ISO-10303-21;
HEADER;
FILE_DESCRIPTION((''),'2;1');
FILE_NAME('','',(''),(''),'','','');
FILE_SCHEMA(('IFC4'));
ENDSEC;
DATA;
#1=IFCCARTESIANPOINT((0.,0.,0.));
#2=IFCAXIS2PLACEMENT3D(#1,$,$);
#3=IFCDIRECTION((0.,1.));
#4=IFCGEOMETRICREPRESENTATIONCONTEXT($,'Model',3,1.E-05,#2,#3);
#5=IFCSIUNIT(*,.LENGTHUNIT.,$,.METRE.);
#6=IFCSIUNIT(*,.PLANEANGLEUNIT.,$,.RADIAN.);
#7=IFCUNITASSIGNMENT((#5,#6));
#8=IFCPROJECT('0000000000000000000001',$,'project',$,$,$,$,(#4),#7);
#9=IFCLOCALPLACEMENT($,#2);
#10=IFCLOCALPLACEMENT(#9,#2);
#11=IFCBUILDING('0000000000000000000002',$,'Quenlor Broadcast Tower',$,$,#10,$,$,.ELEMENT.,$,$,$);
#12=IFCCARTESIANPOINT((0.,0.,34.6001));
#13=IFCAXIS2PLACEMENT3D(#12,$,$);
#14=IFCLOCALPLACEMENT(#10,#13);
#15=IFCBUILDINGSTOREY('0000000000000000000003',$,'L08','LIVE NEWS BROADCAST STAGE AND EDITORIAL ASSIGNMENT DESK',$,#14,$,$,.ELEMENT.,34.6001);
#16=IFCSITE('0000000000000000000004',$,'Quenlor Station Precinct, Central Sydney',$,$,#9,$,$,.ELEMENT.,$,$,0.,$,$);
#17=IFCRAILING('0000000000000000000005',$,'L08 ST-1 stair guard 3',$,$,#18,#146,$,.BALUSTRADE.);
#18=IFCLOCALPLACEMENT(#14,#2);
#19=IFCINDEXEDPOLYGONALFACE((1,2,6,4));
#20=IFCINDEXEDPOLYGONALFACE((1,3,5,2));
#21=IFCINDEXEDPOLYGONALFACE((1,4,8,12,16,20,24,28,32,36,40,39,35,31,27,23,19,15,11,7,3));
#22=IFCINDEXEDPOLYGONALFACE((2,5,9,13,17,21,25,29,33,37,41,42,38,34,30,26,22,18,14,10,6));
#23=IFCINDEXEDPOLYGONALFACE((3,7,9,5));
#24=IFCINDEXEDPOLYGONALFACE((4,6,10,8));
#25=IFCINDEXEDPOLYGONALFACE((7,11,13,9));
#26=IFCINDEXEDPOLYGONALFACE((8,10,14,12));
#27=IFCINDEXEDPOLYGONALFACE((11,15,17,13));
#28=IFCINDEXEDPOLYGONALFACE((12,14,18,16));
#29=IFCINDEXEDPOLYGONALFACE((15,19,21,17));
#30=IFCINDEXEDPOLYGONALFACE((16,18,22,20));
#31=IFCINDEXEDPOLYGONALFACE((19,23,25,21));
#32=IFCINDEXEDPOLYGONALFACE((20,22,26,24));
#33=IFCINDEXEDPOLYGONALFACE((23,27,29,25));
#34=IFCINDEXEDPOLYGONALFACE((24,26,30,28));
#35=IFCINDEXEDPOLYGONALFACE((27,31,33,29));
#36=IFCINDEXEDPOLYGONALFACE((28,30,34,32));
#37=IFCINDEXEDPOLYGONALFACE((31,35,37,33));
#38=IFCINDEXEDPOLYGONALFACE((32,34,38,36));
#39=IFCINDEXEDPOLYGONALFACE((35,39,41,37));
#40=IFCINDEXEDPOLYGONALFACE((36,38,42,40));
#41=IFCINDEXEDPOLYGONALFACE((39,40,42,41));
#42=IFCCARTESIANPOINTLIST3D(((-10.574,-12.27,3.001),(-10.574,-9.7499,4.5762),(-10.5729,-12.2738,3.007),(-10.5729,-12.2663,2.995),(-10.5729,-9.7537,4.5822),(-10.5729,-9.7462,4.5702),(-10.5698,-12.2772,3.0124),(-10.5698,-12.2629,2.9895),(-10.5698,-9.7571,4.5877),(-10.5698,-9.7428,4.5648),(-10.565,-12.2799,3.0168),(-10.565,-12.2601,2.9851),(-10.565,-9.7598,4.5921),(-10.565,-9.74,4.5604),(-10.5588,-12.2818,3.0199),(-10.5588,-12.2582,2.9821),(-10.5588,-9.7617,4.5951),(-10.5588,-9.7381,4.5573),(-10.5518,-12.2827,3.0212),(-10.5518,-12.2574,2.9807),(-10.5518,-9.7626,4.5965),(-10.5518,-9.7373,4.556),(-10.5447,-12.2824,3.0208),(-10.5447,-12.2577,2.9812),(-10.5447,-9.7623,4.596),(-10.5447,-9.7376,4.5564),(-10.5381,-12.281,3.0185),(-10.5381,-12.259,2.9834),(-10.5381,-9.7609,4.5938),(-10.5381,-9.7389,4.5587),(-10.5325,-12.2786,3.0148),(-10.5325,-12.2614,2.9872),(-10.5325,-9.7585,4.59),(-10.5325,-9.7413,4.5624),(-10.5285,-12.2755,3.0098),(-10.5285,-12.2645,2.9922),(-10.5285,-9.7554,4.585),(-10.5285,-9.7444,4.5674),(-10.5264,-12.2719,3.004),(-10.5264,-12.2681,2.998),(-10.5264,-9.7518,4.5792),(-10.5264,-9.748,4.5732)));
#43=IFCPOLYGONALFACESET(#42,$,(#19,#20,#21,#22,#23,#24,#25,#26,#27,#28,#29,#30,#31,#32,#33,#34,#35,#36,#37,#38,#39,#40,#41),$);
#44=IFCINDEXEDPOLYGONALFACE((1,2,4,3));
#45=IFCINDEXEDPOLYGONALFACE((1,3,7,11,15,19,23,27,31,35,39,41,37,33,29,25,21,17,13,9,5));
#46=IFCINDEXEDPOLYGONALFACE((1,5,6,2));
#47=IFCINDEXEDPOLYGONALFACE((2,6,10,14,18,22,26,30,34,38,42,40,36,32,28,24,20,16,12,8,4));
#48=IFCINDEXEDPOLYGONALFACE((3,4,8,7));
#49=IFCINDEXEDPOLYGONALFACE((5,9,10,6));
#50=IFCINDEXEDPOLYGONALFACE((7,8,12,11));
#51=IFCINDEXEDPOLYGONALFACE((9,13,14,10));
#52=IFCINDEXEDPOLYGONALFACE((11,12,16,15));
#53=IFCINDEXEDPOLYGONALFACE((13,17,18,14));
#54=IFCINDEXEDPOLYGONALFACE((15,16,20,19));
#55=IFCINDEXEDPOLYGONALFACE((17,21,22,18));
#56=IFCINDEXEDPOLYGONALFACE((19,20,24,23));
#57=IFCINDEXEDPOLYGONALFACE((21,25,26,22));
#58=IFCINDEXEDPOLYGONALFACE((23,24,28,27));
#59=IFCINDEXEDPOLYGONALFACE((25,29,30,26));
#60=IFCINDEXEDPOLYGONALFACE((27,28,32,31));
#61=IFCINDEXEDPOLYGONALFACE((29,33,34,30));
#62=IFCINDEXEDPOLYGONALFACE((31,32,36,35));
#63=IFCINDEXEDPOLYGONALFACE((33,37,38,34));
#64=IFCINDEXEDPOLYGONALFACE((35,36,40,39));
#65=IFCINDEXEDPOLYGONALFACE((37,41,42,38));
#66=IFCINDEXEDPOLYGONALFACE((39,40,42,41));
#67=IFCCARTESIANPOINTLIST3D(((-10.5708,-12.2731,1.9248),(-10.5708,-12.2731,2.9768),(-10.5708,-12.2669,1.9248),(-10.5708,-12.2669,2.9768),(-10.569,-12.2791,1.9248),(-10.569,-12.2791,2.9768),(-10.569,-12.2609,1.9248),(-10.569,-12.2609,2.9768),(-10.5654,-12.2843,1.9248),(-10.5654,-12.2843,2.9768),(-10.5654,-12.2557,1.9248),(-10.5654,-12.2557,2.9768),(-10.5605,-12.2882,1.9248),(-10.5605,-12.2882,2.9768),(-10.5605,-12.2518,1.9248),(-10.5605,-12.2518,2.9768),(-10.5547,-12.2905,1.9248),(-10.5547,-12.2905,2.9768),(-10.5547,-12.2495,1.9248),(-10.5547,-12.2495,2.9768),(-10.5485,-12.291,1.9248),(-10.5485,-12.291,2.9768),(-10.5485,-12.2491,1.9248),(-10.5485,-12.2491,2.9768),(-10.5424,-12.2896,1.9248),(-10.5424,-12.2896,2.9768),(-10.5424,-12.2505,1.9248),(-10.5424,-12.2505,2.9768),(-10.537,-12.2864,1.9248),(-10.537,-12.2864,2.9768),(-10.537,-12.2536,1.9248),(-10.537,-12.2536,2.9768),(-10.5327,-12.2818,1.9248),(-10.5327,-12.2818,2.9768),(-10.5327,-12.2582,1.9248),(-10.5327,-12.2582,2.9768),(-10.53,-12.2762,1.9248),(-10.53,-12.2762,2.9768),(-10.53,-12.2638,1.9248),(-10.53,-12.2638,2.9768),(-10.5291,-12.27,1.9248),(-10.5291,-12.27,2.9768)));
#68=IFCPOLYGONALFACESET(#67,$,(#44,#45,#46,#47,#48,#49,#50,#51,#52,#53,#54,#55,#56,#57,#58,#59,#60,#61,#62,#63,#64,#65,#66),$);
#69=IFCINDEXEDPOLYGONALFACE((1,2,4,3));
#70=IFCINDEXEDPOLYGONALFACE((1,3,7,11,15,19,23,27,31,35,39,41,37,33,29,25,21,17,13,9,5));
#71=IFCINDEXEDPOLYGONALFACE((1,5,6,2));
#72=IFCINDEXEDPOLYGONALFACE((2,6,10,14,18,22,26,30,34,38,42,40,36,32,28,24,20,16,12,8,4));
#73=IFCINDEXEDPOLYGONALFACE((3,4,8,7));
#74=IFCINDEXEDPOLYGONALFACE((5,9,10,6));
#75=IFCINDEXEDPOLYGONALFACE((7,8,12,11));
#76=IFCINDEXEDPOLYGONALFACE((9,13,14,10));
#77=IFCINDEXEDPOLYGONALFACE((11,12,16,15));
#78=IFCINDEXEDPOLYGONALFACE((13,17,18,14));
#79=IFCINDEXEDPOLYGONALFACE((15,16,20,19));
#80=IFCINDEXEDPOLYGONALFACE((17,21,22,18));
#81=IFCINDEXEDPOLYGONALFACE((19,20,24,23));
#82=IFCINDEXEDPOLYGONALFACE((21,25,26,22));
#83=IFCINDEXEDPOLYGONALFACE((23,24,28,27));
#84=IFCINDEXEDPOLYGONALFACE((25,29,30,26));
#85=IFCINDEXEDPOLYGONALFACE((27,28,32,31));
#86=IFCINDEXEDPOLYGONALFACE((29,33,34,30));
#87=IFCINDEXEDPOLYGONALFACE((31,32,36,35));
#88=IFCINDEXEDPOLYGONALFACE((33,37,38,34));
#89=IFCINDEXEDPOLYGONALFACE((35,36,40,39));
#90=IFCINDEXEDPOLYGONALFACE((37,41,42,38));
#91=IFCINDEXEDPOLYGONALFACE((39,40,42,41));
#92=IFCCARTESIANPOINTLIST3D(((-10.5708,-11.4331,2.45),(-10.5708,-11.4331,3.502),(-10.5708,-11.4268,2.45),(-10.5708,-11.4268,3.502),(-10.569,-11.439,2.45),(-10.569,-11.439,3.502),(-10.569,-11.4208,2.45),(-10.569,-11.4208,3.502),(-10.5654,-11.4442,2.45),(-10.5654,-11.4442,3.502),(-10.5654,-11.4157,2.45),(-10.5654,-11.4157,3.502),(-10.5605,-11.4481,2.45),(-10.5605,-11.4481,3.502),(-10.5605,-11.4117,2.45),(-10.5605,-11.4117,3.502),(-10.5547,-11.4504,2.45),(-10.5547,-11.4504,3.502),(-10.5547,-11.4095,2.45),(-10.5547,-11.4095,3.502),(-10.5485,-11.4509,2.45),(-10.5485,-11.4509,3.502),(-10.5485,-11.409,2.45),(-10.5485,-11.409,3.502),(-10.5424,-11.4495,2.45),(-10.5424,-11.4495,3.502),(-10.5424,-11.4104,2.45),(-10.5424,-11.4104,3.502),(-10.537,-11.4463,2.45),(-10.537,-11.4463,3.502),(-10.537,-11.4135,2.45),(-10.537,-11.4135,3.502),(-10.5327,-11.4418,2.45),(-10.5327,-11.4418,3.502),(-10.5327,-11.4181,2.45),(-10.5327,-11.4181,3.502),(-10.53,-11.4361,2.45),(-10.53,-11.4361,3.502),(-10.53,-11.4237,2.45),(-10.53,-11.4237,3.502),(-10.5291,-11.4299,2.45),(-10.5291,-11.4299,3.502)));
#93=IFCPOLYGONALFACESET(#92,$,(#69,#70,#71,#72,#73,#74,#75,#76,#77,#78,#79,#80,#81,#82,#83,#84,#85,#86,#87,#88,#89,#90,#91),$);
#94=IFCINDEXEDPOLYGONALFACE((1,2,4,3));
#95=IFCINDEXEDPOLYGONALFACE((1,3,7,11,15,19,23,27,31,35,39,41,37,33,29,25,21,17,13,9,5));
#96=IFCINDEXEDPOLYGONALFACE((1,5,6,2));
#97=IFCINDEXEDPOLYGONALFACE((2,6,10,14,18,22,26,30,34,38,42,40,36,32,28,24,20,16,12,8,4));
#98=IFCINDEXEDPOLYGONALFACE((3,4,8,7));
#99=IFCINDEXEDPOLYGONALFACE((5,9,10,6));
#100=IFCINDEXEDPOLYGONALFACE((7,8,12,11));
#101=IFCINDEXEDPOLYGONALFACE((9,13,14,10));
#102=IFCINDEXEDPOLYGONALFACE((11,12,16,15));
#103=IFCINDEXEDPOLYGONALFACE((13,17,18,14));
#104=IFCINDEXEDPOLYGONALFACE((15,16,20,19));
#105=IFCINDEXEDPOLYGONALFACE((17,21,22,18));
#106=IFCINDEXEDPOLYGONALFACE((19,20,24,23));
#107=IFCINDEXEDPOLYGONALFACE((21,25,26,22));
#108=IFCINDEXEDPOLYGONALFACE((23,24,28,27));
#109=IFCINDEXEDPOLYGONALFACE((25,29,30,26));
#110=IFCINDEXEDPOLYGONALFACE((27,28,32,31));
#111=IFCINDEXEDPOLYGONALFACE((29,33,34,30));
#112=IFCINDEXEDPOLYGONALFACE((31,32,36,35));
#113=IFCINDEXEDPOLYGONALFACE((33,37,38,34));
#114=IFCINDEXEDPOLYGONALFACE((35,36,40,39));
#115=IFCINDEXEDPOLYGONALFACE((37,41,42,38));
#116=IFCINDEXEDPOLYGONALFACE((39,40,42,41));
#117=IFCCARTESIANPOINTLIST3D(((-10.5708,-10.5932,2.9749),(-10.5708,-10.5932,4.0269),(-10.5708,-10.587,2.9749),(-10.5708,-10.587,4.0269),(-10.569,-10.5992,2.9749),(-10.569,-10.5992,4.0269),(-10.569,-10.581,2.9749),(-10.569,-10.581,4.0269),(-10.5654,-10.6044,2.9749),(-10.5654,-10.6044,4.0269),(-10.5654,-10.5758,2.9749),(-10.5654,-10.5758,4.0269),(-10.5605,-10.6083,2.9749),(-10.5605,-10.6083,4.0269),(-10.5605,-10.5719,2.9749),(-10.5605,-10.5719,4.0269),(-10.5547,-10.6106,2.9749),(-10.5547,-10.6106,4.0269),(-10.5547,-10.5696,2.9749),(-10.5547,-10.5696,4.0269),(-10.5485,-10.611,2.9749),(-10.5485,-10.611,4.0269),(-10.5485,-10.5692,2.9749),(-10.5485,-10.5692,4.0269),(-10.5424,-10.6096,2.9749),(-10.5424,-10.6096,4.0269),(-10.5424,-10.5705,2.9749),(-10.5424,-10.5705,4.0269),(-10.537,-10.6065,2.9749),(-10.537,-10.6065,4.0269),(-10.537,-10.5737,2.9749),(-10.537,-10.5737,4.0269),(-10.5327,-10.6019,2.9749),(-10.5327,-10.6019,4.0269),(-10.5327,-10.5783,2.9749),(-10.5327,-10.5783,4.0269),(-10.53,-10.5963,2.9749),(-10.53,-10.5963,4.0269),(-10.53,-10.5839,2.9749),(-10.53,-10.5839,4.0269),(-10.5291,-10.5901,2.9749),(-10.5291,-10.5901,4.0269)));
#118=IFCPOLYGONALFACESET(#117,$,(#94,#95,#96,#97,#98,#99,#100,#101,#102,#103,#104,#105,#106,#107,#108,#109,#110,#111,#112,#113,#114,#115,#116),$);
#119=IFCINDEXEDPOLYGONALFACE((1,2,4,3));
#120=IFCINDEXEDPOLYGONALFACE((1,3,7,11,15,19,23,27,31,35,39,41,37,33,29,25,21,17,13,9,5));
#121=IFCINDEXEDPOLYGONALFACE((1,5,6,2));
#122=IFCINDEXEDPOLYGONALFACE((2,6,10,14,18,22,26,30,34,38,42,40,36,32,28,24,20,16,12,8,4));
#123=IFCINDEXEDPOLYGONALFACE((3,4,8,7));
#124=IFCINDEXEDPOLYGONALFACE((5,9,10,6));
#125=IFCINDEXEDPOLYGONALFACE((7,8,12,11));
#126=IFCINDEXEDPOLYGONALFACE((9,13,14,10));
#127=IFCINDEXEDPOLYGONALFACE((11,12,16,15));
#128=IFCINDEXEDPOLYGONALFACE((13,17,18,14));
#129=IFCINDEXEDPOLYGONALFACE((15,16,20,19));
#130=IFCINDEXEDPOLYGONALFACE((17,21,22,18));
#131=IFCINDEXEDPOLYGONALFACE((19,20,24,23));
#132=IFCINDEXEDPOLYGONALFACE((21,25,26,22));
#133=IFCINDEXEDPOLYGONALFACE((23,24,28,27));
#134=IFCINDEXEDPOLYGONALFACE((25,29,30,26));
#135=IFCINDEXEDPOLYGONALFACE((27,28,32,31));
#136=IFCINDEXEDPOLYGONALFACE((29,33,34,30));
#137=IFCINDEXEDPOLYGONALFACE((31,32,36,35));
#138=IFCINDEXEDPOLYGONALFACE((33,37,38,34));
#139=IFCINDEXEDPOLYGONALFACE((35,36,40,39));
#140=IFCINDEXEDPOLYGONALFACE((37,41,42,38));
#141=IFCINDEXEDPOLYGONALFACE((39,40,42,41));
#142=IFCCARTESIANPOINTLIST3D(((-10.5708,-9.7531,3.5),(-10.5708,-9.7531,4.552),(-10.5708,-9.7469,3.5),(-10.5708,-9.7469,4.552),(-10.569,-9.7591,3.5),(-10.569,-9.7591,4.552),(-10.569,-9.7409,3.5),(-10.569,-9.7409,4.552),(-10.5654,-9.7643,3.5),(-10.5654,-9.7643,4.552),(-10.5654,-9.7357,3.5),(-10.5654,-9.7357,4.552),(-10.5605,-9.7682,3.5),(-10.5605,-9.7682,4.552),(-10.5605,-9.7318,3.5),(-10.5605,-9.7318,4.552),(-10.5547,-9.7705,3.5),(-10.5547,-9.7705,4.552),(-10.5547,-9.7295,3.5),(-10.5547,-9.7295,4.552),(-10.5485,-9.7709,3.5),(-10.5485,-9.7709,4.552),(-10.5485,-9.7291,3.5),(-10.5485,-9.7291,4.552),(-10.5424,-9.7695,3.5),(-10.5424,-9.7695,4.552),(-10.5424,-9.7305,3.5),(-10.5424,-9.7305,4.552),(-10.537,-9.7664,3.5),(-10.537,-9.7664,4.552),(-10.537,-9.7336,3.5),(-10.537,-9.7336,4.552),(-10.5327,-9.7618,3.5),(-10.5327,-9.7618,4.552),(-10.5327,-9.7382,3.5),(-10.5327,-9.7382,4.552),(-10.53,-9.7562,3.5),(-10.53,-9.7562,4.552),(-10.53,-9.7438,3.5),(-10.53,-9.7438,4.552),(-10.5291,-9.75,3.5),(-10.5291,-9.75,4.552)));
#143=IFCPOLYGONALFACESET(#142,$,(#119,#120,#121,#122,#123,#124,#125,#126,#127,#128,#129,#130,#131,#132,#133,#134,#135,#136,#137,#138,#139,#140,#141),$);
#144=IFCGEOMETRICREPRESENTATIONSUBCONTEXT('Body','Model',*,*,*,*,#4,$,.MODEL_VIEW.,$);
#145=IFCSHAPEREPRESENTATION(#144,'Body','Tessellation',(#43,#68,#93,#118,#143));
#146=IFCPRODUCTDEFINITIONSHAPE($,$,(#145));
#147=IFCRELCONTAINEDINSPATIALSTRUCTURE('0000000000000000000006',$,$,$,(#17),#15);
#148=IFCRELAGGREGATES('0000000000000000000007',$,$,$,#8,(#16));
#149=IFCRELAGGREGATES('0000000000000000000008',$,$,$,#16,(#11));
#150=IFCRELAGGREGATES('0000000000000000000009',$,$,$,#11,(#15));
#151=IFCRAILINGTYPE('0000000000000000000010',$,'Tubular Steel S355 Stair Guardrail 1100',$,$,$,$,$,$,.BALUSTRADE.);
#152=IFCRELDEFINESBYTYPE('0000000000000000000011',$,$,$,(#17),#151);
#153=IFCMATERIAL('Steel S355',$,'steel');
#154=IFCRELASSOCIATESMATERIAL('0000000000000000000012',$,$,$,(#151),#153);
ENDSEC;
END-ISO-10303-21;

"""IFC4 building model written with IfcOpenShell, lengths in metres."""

from ifc_helpers import new_model, si_unit, direction, frame, origin, origin_2d, place, context, subcontext, project, spatial, circle, extrude, material, type_object, element, save


model = new_model("IFC4")

# Units and contexts
model_context = context("Model", 3, precision=1e-05, world=origin(), true_north=direction((0.0, 1.0)))
body_context = subcontext(model_context, "Body", "Model", "MODEL_VIEW")
ifc_project = project(units=[si_unit("LENGTHUNIT", "METRE"), si_unit("PLANEANGLEUNIT", "RADIAN")], contexts=[model_context])

# Site, building, storey
site_placement = place(None, origin())
site = spatial("IfcSite", under=ifc_project, at=site_placement, Name="Quenlor Station Precinct, Central Sydney", CompositionType="ELEMENT", RefElevation=0.0)
building_placement = place(site_placement, origin())
building = spatial("IfcBuilding", under=site, at=building_placement, Name="Quenlor Broadcast Tower", CompositionType="ELEMENT")
storey_placement = place(building_placement, frame((0.0, 0.0, 34.6001)))
storey = spatial("IfcBuildingStorey", under=building, at=storey_placement, Name="L08", Description="LIVE NEWS BROADCAST STAGE AND EDITORIAL ASSIGNMENT DESK", CompositionType="ELEMENT", Elevation=34.6001)

# Railing
ifc_material_1 = material(Name="Steel S355", Category="steel")
railing_type_1 = type_object("IfcRailingType", Name="Tubular Steel S355 Stair Guardrail 1100", PredefinedType="BALUSTRADE", material=ifc_material_1)
railing_1_placement = place(storey_placement, frame((-10.55, -12.27, 1.9248)))
element("IfcRailing", 1, at=railing_1_placement, inside=storey, type_object=railing_type_1, Name="L08 ST-1 stair guard 3", PredefinedType="BALUSTRADE", context=body_context, shape_type="SweptSolid", body=[
    extrude(circle(Radius=0.0239, at=origin_2d()), frame((0.0, 0.0, 1.0762), z_axis=(0.0, 0.847971, 0.530043), x_axis=(-1.0, 0.0, 0.0)), (0.0, 0.0, 1.0), 2.9719),
    extrude(circle(Radius=0.021, at=origin_2d()), origin(), (0.0, 0.0, 1.0), 1.052),
    extrude(circle(Radius=0.021, at=origin_2d()), frame((0.0, 0.8401, 0.5251)), (0.0, 0.0, 1.0), 1.052),
    extrude(circle(Radius=0.021, at=origin_2d()), frame((0.0, 1.6799, 1.05)), (0.0, 0.0, 1.0), 1.052),
    extrude(circle(Radius=0.021, at=origin_2d()), frame((0.0, 2.52, 1.5752)), (0.0, 0.0, 1.0), 1.052),
])

save(model, "model.ifc")
